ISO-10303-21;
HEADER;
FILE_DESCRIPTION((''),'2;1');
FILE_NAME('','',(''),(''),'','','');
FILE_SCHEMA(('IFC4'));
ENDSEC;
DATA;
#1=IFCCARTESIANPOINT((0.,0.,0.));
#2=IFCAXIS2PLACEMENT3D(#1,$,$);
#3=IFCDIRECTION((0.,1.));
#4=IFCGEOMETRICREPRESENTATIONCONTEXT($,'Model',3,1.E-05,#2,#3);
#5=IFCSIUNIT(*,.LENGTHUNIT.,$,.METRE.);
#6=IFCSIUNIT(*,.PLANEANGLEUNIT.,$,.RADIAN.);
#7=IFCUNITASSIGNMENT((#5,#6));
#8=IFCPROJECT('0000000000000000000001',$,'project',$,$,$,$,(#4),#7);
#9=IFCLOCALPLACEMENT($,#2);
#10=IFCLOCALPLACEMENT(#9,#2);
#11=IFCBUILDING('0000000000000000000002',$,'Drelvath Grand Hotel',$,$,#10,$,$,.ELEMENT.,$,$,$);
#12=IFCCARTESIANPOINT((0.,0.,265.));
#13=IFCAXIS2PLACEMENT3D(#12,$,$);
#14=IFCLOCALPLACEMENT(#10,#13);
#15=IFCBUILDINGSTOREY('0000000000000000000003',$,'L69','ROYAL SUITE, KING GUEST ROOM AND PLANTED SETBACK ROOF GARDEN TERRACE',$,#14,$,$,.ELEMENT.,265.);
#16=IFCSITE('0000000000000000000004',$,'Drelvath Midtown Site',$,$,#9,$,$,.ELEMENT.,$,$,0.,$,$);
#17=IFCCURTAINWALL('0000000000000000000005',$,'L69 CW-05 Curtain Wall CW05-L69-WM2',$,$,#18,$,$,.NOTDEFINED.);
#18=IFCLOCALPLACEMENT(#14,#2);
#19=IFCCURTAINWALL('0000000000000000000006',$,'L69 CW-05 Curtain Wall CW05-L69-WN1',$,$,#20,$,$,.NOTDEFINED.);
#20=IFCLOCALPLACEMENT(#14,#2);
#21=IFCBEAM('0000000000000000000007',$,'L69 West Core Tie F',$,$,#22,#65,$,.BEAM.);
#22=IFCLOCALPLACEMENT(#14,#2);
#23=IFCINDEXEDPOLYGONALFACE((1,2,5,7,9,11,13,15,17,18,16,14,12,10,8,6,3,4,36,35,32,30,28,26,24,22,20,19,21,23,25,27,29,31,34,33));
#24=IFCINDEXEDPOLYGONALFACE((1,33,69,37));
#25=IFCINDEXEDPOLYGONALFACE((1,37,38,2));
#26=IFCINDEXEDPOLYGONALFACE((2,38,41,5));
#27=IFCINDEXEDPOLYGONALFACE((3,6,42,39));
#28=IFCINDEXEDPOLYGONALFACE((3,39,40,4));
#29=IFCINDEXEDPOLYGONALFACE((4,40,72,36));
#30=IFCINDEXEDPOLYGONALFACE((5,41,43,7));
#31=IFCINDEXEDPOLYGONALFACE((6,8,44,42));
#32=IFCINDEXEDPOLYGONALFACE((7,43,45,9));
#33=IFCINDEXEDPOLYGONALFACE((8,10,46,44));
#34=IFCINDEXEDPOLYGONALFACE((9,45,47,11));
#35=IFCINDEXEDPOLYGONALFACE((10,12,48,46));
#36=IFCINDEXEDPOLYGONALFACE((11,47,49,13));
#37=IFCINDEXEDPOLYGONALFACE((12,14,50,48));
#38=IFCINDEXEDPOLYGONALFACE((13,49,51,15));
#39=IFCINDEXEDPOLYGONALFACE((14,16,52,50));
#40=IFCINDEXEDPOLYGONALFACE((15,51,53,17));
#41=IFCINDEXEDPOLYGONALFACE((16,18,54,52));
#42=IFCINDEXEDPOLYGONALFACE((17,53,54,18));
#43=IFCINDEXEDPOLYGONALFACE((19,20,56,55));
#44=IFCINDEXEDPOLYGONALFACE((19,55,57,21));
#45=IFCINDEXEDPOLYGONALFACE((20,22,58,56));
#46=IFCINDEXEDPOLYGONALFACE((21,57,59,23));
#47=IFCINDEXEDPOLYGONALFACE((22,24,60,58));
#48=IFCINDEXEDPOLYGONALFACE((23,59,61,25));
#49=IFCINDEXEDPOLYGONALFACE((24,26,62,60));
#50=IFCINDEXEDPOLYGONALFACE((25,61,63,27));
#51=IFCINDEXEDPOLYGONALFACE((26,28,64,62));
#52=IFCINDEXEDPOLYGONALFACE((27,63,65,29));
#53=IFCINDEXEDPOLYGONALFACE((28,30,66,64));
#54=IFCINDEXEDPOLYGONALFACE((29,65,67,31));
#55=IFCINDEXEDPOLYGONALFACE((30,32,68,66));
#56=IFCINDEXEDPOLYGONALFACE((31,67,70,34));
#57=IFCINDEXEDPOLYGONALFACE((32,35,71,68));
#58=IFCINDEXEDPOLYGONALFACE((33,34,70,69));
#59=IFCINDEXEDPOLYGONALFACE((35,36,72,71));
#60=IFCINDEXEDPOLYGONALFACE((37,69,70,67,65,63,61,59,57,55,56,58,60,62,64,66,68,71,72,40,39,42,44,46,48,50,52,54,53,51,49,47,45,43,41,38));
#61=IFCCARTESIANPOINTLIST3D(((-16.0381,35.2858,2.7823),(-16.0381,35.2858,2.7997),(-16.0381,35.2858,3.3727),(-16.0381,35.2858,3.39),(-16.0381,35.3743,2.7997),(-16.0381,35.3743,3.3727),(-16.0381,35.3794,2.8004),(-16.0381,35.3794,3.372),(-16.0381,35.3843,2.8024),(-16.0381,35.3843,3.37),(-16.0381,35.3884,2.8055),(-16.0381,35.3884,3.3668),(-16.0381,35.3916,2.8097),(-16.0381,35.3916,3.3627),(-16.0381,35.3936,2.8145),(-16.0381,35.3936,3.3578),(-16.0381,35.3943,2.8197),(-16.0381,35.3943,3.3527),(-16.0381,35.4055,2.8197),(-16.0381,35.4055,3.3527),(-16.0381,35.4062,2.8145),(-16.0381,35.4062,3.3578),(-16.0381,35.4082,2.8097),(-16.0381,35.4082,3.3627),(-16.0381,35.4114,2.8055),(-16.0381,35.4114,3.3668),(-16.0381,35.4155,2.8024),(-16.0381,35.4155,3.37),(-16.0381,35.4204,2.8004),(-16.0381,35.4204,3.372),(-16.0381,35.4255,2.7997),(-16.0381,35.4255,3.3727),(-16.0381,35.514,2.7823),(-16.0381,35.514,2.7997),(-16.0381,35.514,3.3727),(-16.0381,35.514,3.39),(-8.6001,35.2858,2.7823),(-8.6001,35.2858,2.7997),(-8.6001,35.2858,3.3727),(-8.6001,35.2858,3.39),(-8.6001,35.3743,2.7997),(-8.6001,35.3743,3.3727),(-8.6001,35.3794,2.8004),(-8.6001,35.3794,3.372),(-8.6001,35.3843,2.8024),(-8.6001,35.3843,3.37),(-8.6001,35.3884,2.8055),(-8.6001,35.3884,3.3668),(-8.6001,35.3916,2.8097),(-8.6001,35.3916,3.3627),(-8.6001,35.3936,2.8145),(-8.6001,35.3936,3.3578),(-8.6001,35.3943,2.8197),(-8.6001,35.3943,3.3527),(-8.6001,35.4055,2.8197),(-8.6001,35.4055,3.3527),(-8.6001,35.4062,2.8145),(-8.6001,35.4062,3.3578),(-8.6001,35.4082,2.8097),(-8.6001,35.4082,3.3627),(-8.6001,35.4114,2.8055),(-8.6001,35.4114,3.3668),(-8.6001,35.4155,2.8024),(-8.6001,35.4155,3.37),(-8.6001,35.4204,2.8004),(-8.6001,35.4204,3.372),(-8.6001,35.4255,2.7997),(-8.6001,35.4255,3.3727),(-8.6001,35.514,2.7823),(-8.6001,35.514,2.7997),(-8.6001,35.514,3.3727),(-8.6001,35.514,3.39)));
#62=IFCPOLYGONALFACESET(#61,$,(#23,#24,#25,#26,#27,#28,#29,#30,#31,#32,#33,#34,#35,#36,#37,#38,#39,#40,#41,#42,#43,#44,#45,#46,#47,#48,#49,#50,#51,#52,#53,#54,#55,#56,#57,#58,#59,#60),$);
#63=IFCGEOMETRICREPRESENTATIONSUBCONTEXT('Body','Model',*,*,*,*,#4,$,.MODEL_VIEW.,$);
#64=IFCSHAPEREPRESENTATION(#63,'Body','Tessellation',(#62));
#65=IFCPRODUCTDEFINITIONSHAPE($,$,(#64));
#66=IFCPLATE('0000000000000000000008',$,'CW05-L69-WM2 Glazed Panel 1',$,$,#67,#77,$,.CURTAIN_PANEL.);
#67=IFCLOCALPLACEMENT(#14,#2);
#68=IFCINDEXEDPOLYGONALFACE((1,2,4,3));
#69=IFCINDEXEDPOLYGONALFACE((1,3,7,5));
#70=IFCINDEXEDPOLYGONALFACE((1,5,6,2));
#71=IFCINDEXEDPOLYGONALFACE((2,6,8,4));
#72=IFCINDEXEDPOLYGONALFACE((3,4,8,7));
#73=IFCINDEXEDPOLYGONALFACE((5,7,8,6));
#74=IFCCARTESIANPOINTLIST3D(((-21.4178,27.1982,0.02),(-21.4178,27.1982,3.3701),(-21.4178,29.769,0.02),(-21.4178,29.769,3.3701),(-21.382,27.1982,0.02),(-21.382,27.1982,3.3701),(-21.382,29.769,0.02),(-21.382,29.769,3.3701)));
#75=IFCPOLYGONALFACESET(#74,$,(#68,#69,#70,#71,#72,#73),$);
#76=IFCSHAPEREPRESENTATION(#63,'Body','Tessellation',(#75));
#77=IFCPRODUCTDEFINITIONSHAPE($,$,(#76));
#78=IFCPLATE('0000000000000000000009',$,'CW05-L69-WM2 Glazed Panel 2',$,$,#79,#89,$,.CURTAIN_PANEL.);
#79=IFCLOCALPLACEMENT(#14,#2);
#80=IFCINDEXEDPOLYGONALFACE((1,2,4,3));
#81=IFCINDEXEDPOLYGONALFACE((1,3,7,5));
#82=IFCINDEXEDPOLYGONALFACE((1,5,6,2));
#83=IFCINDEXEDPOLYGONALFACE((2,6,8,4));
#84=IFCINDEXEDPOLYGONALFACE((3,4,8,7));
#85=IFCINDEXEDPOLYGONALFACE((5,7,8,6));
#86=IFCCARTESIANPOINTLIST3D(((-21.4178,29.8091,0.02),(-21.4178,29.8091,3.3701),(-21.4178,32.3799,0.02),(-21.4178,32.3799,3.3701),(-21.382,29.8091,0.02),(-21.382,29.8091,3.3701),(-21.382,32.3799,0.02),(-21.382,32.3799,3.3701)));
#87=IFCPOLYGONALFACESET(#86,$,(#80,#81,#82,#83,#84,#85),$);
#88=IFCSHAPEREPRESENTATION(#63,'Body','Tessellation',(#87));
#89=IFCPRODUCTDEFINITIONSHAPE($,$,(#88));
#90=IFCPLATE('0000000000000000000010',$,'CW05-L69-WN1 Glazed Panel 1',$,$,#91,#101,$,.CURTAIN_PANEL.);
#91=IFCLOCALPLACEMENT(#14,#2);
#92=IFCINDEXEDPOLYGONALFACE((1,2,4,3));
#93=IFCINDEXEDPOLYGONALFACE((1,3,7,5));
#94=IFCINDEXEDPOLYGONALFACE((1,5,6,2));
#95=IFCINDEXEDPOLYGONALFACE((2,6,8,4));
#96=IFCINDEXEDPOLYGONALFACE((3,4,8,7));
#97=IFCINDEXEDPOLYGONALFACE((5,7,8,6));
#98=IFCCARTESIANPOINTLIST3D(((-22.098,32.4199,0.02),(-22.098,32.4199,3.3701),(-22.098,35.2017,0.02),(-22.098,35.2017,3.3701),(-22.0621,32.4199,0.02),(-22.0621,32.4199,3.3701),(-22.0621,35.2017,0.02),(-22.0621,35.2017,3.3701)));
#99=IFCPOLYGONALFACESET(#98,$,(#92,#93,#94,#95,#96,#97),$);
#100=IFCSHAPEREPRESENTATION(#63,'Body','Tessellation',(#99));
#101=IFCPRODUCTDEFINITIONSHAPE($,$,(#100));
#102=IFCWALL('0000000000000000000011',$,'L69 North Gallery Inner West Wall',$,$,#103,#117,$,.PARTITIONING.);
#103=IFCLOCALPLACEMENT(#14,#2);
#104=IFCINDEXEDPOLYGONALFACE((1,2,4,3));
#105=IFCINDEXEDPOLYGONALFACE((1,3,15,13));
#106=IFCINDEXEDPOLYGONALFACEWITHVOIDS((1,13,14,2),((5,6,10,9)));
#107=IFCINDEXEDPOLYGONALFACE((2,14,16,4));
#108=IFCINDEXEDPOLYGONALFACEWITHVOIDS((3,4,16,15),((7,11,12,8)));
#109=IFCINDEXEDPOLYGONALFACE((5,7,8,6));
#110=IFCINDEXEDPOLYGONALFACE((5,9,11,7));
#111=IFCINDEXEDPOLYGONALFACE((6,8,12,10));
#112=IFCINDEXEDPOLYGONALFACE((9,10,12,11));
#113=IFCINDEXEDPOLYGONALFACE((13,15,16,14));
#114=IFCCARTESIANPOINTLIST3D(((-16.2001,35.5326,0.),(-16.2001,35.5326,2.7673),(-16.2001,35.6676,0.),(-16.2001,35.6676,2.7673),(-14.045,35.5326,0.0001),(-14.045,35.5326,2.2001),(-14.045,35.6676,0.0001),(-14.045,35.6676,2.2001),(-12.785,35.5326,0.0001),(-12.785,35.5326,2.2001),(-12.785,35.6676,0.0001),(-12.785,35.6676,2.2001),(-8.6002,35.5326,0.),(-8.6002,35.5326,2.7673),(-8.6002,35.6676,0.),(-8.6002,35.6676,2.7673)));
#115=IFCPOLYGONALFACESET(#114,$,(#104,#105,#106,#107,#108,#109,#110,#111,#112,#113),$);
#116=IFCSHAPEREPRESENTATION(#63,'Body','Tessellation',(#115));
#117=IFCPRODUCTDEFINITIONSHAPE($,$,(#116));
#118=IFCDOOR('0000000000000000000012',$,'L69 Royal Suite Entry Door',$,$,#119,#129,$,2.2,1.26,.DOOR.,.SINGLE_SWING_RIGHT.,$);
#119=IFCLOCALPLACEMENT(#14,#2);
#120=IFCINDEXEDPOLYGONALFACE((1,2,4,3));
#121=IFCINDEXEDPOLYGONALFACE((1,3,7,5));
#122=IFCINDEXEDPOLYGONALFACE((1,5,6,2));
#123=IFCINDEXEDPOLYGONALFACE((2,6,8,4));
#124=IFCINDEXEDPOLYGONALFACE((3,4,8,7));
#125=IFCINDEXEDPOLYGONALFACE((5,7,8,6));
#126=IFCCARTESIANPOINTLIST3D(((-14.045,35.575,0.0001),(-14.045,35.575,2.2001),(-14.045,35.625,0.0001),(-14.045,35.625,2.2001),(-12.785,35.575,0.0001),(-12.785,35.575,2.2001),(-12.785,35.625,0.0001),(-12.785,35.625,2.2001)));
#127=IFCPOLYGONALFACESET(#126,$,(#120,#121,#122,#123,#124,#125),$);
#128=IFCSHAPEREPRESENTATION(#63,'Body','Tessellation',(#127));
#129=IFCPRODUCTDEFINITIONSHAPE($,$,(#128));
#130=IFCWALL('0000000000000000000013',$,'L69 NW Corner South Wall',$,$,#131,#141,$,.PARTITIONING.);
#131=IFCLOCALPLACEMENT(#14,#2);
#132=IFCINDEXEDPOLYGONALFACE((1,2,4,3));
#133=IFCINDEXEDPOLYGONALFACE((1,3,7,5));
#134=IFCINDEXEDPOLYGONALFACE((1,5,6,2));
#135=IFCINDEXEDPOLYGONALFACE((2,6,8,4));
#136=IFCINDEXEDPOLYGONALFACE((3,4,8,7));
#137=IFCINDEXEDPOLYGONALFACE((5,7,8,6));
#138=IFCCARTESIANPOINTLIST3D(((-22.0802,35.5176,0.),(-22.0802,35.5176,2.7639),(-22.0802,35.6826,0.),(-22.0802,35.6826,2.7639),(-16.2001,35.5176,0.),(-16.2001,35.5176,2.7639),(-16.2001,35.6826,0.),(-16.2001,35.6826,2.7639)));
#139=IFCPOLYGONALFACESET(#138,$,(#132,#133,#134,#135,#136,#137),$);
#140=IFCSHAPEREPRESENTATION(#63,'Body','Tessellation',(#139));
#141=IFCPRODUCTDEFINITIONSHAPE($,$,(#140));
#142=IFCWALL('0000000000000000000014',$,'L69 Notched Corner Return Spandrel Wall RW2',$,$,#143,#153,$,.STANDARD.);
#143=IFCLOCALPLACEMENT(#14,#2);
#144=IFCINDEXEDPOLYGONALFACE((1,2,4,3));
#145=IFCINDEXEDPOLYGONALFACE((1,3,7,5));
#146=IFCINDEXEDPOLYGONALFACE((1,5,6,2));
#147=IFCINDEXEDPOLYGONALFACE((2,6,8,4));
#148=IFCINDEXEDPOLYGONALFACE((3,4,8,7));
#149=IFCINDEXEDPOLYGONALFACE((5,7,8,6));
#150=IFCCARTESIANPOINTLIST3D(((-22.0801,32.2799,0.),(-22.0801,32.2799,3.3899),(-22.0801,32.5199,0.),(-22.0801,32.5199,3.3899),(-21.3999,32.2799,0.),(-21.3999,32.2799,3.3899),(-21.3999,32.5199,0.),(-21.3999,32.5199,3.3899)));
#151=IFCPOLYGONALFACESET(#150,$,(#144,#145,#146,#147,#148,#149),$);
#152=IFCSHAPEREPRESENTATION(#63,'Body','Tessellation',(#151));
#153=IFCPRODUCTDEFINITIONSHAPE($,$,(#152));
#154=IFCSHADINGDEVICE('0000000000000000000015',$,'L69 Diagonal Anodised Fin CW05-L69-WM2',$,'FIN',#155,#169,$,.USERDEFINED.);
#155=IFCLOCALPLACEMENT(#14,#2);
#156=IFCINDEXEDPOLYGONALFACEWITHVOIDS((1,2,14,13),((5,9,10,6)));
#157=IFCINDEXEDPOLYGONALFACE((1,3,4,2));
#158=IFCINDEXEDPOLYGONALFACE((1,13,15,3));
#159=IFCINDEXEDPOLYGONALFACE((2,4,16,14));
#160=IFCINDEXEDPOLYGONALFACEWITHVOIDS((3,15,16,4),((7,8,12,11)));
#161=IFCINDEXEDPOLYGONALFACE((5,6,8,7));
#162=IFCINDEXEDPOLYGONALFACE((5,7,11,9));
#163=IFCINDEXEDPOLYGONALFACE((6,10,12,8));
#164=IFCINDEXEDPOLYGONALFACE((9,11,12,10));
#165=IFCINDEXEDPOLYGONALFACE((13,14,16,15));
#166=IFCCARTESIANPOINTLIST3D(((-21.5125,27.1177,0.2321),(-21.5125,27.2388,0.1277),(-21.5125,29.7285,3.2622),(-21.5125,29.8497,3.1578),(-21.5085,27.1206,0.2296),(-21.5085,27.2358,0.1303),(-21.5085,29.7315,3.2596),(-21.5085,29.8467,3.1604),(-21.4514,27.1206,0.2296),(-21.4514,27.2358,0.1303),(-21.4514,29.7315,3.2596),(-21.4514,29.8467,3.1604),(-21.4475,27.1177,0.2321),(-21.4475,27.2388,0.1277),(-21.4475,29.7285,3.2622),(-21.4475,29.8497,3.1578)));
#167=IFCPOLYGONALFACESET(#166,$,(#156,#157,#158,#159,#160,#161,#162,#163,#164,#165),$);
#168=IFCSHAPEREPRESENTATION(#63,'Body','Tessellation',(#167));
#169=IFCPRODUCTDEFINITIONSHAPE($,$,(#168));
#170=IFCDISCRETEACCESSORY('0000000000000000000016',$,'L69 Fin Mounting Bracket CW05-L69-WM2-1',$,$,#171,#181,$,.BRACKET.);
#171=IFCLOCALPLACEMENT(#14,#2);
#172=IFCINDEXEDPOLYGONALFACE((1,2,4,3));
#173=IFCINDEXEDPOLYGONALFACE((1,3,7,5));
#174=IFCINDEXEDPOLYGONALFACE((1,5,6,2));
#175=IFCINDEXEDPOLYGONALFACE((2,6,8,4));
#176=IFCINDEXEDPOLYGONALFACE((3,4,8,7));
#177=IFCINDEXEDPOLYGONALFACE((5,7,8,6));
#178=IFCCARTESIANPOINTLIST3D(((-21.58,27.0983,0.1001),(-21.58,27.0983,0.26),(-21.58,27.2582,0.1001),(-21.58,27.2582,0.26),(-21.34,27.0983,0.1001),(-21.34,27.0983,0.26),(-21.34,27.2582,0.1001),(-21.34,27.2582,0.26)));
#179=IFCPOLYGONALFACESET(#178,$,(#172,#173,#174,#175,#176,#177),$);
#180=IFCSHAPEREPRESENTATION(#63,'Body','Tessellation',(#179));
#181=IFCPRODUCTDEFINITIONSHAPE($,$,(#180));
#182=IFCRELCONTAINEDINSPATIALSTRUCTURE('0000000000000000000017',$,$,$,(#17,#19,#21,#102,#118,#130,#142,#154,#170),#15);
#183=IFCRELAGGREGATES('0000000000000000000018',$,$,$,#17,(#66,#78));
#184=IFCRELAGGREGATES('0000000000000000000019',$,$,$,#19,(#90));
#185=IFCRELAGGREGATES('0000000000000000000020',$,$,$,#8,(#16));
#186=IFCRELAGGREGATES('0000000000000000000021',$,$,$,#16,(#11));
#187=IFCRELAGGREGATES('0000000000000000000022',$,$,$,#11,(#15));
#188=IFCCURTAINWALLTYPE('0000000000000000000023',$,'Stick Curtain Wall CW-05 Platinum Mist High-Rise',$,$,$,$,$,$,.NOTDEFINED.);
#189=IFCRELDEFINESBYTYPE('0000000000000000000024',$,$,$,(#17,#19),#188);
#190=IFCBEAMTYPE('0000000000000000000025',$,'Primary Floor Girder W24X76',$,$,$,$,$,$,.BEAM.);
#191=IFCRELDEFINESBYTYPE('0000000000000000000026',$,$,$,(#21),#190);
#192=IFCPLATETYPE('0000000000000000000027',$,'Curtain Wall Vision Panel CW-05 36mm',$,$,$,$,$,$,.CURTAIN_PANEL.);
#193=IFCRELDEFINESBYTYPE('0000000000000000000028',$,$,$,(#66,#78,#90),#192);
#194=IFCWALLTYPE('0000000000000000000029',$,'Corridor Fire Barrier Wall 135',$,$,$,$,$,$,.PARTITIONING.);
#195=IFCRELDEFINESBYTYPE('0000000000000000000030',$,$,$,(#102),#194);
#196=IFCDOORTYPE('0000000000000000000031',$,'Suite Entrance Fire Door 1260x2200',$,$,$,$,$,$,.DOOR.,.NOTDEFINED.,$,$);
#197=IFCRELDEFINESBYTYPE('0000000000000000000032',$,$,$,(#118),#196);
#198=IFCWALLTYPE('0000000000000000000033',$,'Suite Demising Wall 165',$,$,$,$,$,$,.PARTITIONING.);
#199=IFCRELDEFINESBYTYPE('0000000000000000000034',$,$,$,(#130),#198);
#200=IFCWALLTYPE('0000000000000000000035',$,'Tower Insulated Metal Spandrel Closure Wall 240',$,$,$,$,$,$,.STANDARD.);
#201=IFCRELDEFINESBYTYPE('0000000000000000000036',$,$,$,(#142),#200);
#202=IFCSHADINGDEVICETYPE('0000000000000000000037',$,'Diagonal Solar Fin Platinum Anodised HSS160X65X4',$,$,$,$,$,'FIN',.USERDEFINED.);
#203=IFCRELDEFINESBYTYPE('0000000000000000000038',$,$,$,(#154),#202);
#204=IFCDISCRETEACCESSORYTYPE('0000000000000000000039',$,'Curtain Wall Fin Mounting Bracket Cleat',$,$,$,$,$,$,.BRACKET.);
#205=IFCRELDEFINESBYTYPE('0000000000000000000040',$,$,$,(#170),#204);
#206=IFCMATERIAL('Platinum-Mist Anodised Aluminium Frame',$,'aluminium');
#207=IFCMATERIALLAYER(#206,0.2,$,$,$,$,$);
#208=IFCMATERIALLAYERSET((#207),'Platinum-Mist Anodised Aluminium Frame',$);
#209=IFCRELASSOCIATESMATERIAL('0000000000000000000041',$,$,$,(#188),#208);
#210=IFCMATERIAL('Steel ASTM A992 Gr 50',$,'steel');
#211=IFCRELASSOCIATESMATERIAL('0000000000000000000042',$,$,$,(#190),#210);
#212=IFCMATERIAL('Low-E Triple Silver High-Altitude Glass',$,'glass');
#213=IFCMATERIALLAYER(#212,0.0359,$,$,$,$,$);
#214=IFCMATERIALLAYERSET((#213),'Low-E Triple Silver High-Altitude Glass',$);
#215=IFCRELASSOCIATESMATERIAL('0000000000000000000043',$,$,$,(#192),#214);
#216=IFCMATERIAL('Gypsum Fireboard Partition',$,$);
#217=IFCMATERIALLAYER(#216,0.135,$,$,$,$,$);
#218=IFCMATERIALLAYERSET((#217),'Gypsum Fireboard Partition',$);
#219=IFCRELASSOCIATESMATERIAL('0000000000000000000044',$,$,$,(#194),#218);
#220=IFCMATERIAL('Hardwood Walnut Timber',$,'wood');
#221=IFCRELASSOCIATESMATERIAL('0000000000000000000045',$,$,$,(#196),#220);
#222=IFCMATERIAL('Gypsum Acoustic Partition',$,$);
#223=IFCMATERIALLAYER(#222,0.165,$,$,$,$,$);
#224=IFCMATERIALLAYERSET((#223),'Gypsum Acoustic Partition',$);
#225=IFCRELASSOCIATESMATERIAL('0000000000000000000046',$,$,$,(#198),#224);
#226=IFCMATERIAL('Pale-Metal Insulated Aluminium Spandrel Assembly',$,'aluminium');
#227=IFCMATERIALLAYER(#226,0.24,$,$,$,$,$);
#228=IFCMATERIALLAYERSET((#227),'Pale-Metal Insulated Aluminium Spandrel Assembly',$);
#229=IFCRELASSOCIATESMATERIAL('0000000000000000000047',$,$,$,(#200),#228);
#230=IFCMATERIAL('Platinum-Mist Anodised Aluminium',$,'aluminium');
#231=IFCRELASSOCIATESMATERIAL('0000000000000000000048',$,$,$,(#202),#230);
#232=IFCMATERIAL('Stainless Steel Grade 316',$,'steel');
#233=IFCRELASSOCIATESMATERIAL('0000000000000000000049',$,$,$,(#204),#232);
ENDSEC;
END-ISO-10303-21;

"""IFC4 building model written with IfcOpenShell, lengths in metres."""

from ifc_helpers import new_model, si_unit, direction, frame, frame_2d, origin, origin_2d, place, context, subcontext, project, spatial, rectangle, hollow_rectangle, i_section, extrude, material, layer, layer_set, material_profile, profile_set, type_object, element, fill, aggregate, save


model = new_model("IFC4")

# Units and contexts
model_context = context("Model", 3, precision=1e-05, world=origin(), true_north=direction((0.0, 1.0)))
body_context = subcontext(model_context, "Body", "Model", "MODEL_VIEW")
ifc_project = project(units=[si_unit("LENGTHUNIT", "METRE"), si_unit("PLANEANGLEUNIT", "RADIAN")], contexts=[model_context])

# Site, building, storey
site_placement = place(None, origin())
site = spatial("IfcSite", under=ifc_project, at=site_placement, Name="Drelvath Midtown Site", CompositionType="ELEMENT", RefElevation=0.0)
building_placement = place(site_placement, origin())
building = spatial("IfcBuilding", under=site, at=building_placement, Name="Drelvath Grand Hotel", CompositionType="ELEMENT")
storey_placement = place(building_placement, frame((0.0, 0.0, 265.0)))
storey = spatial("IfcBuildingStorey", under=building, at=storey_placement, Name="L69", Description="ROYAL SUITE, KING GUEST ROOM AND PLANTED SETBACK ROOF GARDEN TERRACE", CompositionType="ELEMENT", Elevation=265.0)

# Curtain walls
ifc_material_1 = material(Name="Platinum-Mist Anodised Aluminium Frame", Category="aluminium")
ifc_layer_1 = layer(ifc_material_1, 0.2)
ifc_layer_set_1 = layer_set([ifc_layer_1], Name="Platinum-Mist Anodised Aluminium Frame")
curtain_wall_type = type_object("IfcCurtainWallType", Name="Stick Curtain Wall CW-05 Platinum Mist High-Rise", PredefinedType="NOTDEFINED", material=ifc_layer_set_1)
curtain_wall_1_placement = place(storey_placement, origin())
curtain_wall_1 = element("IfcCurtainWall", 1, at=curtain_wall_1_placement, inside=storey, type_object=curtain_wall_type, Name="L69 CW-05 Curtain Wall CW05-L69-WM2", PredefinedType="NOTDEFINED")
curtain_wall_2_placement = place(storey_placement, origin())
curtain_wall_2 = element("IfcCurtainWall", 2, at=curtain_wall_2_placement, inside=storey, type_object=curtain_wall_type, Name="L69 CW-05 Curtain Wall CW05-L69-WN1", PredefinedType="NOTDEFINED")

# Beam
ifc_material_2 = material(Name="Steel ASTM A992 Gr 50", Category="steel")
ifc_material_profile_1 = material_profile(ifc_material_2, i_section(OverallWidth=0.2283, OverallDepth=0.6077, WebThickness=0.0112, FlangeThickness=0.0173, FilletRadius=0.02, at=origin_2d()), Name="W24X76")
ifc_profile_set_1 = profile_set([ifc_material_profile_1], Name="Steel ASTM A992 Gr 50")
beam_type_1 = type_object("IfcBeamType", Name="Primary Floor Girder W24X76", PredefinedType="BEAM", material=ifc_profile_set_1)
for number, where, z_axis, x_axis, name in (
    (3, (-16.0381, 35.3999, 3.0862), (1.0, 0.0, 0.0), (0.0, 1.0, 0.0), "L69 West Core Tie F"),
):
    element("IfcBeam", number, at=place(storey_placement, frame(where, z_axis=z_axis, x_axis=x_axis)), inside=storey, type_object=beam_type_1, Name=name, PredefinedType="BEAM", context=body_context, shape_type="SweptSolid", body=[
        extrude(i_section(OverallWidth=0.2283, OverallDepth=0.6077, WebThickness=0.0112, FlangeThickness=0.0173, FilletRadius=0.02, at=origin_2d()), origin(), (0.0, 0.0, 1.0), 7.438),
    ])

# Plates
ifc_material_3 = material(Name="Low-E Triple Silver High-Altitude Glass", Category="glass")
ifc_layer_2 = layer(ifc_material_3, 0.0359)
ifc_layer_set_2 = layer_set([ifc_layer_2], Name="Low-E Triple Silver High-Altitude Glass")
plate_type = type_object("IfcPlateType", Name="Curtain Wall Vision Panel CW-05 36mm", PredefinedType="CURTAIN_PANEL", material=ifc_layer_set_2)
plate_1_placement = place(storey_placement, frame((-21.3999, 28.4836, 0.02), z_axis=(0.0, 0.0, 1.0), x_axis=(0.0, 1.0, 0.0)))
plate_1 = element("IfcPlate", 4, at=plate_1_placement, type_object=plate_type, Name="CW05-L69-WM2 Glazed Panel 1", PredefinedType="CURTAIN_PANEL", context=body_context, shape_type="SweptSolid", body=[
    extrude(rectangle(XDim=2.5708, YDim=0.0359, at=origin_2d()), origin(), (0.0, 0.0, 1.0), 3.3501),
])
plate_2_placement = place(storey_placement, frame((-21.3999, 31.0945, 0.02), z_axis=(0.0, 0.0, 1.0), x_axis=(0.0, 1.0, 0.0)))
plate_2 = element("IfcPlate", 5, at=plate_2_placement, type_object=plate_type, Name="CW05-L69-WM2 Glazed Panel 2", PredefinedType="CURTAIN_PANEL", context=body_context, shape_type="SweptSolid", body=[
    extrude(rectangle(XDim=2.5708, YDim=0.0359, at=origin_2d()), origin(), (0.0, 0.0, 1.0), 3.3501),
])
aggregate(curtain_wall_1, [plate_1, plate_2])
plate_3_placement = place(storey_placement, frame((-22.0801, 33.8108, 0.02), z_axis=(0.0, 0.0, 1.0), x_axis=(0.0, 1.0, 0.0)))
plate_3 = element("IfcPlate", 6, at=plate_3_placement, type_object=plate_type, Name="CW05-L69-WN1 Glazed Panel 1", PredefinedType="CURTAIN_PANEL", context=body_context, shape_type="SweptSolid", body=[
    extrude(rectangle(XDim=2.7817, YDim=0.0359, at=origin_2d()), origin(), (0.0, 0.0, 1.0), 3.3501),
])
aggregate(curtain_wall_2, [plate_3])

# Wall, opening, door
ifc_material_4 = material(Name="Gypsum Fireboard Partition")
ifc_layer_3 = layer(ifc_material_4, 0.135)
ifc_layer_set_3 = layer_set([ifc_layer_3], Name="Gypsum Fireboard Partition")
wall_type_1 = type_object("IfcWallType", Name="Corridor Fire Barrier Wall 135", PredefinedType="PARTITIONING", material=ifc_layer_set_3)
wall_1_placement = place(storey_placement, frame((-16.2, 35.6001, 0.0), z_axis=(0.0, 0.0, 1.0), x_axis=(1.0, 0.0, 0.0)))
wall_1 = element("IfcWall", 7, at=wall_1_placement, inside=storey, type_object=wall_type_1, Name="L69 North Gallery Inner West Wall", PredefinedType="PARTITIONING", context=body_context, shape_type="SweptSolid", body=[
    extrude(rectangle(XDim=7.5999, YDim=0.135, at=frame_2d((3.7998, 0.0))), origin(), (0.0, 0.0, 1.0), 2.7673),
])
opening_placement = place(wall_1_placement, frame((2.155, 0.0, 0.0)))
opening = element("IfcOpeningElement", 8, at=opening_placement, cuts=wall_1, PredefinedType="OPENING", context=body_context, shape_type="SweptSolid", body=[
    extrude(rectangle(XDim=1.26, YDim=2.2, at=frame_2d((0.6299, 1.1001))), frame((0.0, 0.0774, 0.0), z_axis=(0.0, -1.0, 0.0), x_axis=(1.0, 0.0, 0.0)), (0.0, 0.0, 1.0), 0.155),
])
ifc_material_5 = material(Name="Hardwood Walnut Timber", Category="wood")
door_type = type_object("IfcDoorType", Name="Suite Entrance Fire Door 1260x2200", OperationType="NOTDEFINED", PredefinedType="DOOR", material=ifc_material_5)
door_placement = place(opening_placement, origin())
door = element("IfcDoor", 9, at=door_placement, inside=storey, type_object=door_type, Name="L69 Royal Suite Entry Door", OperationType="SINGLE_SWING_RIGHT", OverallHeight=2.2, OverallWidth=1.26, PredefinedType="DOOR", context=body_context, shape_type="SweptSolid", body=[
    extrude(rectangle(XDim=1.26, YDim=2.2, at=frame_2d((0.6299, 1.1001))), frame((0.0, 0.0249, 0.0), z_axis=(0.0, -1.0, 0.0), x_axis=(1.0, 0.0, 0.0)), (0.0, 0.0, 1.0), 0.05),
])
fill(opening, door)

# Walls
ifc_material_6 = material(Name="Gypsum Acoustic Partition")
ifc_layer_4 = layer(ifc_material_6, 0.165)
ifc_layer_set_4 = layer_set([ifc_layer_4], Name="Gypsum Acoustic Partition")
wall_type_2 = type_object("IfcWallType", Name="Suite Demising Wall 165", PredefinedType="PARTITIONING", material=ifc_layer_set_4)
wall_2_placement = place(storey_placement, frame((-22.0801, 35.6001, 0.0), z_axis=(0.0, 0.0, 1.0), x_axis=(1.0, 0.0, 0.0)))
element("IfcWall", 10, at=wall_2_placement, inside=storey, type_object=wall_type_2, Name="L69 NW Corner South Wall", PredefinedType="PARTITIONING", context=body_context, shape_type="SweptSolid", body=[
    extrude(rectangle(XDim=5.8801, YDim=0.165, at=frame_2d((2.9399, 0.0))), origin(), (0.0, 0.0, 1.0), 2.7639),
])
ifc_material_7 = material(Name="Pale-Metal Insulated Aluminium Spandrel Assembly", Category="aluminium")
ifc_layer_5 = layer(ifc_material_7, 0.24)
ifc_layer_set_5 = layer_set([ifc_layer_5], Name="Pale-Metal Insulated Aluminium Spandrel Assembly")
wall_type_3 = type_object("IfcWallType", Name="Tower Insulated Metal Spandrel Closure Wall 240", PredefinedType="STANDARD", material=ifc_layer_set_5)
wall_3_placement = place(storey_placement, frame((-21.3999, 32.3999, 0.0), z_axis=(0.0, 0.0, 1.0), x_axis=(-1.0, 0.0, 0.0)))
element("IfcWall", 11, at=wall_3_placement, inside=storey, type_object=wall_type_3, Name="L69 Notched Corner Return Spandrel Wall RW2", PredefinedType="STANDARD", context=body_context, shape_type="SweptSolid", body=[
    extrude(rectangle(XDim=0.6802, YDim=0.24, at=frame_2d((0.3401, 0.0))), origin(), (0.0, 0.0, 1.0), 3.3899),
])

# Shading device
ifc_material_8 = material(Name="Platinum-Mist Anodised Aluminium", Category="aluminium")
ifc_material_profile_2 = material_profile(ifc_material_8, hollow_rectangle(XDim=0.0649, YDim=0.1599, WallThickness=0.0039, at=origin_2d()), Name="HSS160X65X4")
ifc_profile_set_2 = profile_set([ifc_material_profile_2], Name="Platinum-Mist Anodised Aluminium")
shading_device_type = type_object("IfcShadingDeviceType", Name="Diagonal Solar Fin Platinum Anodised HSS160X65X4", ElementType="FIN", PredefinedType="USERDEFINED", material=ifc_profile_set_2)
shading_device_placement = place(storey_placement, frame((-21.48, 27.1782, 0.1799), z_axis=(0.0, 0.65276, 0.757565), x_axis=(-1.0, 0.0, 0.0)))
element("IfcShadingDevice", 12, at=shading_device_placement, inside=storey, type_object=shading_device_type, Name="L69 Diagonal Anodised Fin CW05-L69-WM2", ObjectType="FIN", PredefinedType="USERDEFINED", context=body_context, shape_type="SweptSolid", body=[
    extrude(hollow_rectangle(XDim=0.0649, YDim=0.1599, WallThickness=0.0039, at=origin_2d()), origin(), (0.0, 0.0, 1.0), 3.9998),
])

# Discrete accessory
ifc_material_9 = material(Name="Stainless Steel Grade 316", Category="steel")
discrete_accessory_type = type_object("IfcDiscreteAccessoryType", Name="Curtain Wall Fin Mounting Bracket Cleat", PredefinedType="BRACKET", material=ifc_material_9)
discrete_accessory_placement = place(storey_placement, frame((-21.46, 27.1782, 0.1001), z_axis=(0.0, 0.0, 1.0), x_axis=(0.0, 1.0, 0.0)))
element("IfcDiscreteAccessory", 13, at=discrete_accessory_placement, inside=storey, type_object=discrete_accessory_type, Name="L69 Fin Mounting Bracket CW05-L69-WM2-1", PredefinedType="BRACKET", context=body_context, shape_type="SweptSolid", body=[
    extrude(rectangle(XDim=0.1599, YDim=0.24, at=origin_2d()), origin(), (0.0, 0.0, 1.0), 0.1599),
])

save(model, "model.ifc")
